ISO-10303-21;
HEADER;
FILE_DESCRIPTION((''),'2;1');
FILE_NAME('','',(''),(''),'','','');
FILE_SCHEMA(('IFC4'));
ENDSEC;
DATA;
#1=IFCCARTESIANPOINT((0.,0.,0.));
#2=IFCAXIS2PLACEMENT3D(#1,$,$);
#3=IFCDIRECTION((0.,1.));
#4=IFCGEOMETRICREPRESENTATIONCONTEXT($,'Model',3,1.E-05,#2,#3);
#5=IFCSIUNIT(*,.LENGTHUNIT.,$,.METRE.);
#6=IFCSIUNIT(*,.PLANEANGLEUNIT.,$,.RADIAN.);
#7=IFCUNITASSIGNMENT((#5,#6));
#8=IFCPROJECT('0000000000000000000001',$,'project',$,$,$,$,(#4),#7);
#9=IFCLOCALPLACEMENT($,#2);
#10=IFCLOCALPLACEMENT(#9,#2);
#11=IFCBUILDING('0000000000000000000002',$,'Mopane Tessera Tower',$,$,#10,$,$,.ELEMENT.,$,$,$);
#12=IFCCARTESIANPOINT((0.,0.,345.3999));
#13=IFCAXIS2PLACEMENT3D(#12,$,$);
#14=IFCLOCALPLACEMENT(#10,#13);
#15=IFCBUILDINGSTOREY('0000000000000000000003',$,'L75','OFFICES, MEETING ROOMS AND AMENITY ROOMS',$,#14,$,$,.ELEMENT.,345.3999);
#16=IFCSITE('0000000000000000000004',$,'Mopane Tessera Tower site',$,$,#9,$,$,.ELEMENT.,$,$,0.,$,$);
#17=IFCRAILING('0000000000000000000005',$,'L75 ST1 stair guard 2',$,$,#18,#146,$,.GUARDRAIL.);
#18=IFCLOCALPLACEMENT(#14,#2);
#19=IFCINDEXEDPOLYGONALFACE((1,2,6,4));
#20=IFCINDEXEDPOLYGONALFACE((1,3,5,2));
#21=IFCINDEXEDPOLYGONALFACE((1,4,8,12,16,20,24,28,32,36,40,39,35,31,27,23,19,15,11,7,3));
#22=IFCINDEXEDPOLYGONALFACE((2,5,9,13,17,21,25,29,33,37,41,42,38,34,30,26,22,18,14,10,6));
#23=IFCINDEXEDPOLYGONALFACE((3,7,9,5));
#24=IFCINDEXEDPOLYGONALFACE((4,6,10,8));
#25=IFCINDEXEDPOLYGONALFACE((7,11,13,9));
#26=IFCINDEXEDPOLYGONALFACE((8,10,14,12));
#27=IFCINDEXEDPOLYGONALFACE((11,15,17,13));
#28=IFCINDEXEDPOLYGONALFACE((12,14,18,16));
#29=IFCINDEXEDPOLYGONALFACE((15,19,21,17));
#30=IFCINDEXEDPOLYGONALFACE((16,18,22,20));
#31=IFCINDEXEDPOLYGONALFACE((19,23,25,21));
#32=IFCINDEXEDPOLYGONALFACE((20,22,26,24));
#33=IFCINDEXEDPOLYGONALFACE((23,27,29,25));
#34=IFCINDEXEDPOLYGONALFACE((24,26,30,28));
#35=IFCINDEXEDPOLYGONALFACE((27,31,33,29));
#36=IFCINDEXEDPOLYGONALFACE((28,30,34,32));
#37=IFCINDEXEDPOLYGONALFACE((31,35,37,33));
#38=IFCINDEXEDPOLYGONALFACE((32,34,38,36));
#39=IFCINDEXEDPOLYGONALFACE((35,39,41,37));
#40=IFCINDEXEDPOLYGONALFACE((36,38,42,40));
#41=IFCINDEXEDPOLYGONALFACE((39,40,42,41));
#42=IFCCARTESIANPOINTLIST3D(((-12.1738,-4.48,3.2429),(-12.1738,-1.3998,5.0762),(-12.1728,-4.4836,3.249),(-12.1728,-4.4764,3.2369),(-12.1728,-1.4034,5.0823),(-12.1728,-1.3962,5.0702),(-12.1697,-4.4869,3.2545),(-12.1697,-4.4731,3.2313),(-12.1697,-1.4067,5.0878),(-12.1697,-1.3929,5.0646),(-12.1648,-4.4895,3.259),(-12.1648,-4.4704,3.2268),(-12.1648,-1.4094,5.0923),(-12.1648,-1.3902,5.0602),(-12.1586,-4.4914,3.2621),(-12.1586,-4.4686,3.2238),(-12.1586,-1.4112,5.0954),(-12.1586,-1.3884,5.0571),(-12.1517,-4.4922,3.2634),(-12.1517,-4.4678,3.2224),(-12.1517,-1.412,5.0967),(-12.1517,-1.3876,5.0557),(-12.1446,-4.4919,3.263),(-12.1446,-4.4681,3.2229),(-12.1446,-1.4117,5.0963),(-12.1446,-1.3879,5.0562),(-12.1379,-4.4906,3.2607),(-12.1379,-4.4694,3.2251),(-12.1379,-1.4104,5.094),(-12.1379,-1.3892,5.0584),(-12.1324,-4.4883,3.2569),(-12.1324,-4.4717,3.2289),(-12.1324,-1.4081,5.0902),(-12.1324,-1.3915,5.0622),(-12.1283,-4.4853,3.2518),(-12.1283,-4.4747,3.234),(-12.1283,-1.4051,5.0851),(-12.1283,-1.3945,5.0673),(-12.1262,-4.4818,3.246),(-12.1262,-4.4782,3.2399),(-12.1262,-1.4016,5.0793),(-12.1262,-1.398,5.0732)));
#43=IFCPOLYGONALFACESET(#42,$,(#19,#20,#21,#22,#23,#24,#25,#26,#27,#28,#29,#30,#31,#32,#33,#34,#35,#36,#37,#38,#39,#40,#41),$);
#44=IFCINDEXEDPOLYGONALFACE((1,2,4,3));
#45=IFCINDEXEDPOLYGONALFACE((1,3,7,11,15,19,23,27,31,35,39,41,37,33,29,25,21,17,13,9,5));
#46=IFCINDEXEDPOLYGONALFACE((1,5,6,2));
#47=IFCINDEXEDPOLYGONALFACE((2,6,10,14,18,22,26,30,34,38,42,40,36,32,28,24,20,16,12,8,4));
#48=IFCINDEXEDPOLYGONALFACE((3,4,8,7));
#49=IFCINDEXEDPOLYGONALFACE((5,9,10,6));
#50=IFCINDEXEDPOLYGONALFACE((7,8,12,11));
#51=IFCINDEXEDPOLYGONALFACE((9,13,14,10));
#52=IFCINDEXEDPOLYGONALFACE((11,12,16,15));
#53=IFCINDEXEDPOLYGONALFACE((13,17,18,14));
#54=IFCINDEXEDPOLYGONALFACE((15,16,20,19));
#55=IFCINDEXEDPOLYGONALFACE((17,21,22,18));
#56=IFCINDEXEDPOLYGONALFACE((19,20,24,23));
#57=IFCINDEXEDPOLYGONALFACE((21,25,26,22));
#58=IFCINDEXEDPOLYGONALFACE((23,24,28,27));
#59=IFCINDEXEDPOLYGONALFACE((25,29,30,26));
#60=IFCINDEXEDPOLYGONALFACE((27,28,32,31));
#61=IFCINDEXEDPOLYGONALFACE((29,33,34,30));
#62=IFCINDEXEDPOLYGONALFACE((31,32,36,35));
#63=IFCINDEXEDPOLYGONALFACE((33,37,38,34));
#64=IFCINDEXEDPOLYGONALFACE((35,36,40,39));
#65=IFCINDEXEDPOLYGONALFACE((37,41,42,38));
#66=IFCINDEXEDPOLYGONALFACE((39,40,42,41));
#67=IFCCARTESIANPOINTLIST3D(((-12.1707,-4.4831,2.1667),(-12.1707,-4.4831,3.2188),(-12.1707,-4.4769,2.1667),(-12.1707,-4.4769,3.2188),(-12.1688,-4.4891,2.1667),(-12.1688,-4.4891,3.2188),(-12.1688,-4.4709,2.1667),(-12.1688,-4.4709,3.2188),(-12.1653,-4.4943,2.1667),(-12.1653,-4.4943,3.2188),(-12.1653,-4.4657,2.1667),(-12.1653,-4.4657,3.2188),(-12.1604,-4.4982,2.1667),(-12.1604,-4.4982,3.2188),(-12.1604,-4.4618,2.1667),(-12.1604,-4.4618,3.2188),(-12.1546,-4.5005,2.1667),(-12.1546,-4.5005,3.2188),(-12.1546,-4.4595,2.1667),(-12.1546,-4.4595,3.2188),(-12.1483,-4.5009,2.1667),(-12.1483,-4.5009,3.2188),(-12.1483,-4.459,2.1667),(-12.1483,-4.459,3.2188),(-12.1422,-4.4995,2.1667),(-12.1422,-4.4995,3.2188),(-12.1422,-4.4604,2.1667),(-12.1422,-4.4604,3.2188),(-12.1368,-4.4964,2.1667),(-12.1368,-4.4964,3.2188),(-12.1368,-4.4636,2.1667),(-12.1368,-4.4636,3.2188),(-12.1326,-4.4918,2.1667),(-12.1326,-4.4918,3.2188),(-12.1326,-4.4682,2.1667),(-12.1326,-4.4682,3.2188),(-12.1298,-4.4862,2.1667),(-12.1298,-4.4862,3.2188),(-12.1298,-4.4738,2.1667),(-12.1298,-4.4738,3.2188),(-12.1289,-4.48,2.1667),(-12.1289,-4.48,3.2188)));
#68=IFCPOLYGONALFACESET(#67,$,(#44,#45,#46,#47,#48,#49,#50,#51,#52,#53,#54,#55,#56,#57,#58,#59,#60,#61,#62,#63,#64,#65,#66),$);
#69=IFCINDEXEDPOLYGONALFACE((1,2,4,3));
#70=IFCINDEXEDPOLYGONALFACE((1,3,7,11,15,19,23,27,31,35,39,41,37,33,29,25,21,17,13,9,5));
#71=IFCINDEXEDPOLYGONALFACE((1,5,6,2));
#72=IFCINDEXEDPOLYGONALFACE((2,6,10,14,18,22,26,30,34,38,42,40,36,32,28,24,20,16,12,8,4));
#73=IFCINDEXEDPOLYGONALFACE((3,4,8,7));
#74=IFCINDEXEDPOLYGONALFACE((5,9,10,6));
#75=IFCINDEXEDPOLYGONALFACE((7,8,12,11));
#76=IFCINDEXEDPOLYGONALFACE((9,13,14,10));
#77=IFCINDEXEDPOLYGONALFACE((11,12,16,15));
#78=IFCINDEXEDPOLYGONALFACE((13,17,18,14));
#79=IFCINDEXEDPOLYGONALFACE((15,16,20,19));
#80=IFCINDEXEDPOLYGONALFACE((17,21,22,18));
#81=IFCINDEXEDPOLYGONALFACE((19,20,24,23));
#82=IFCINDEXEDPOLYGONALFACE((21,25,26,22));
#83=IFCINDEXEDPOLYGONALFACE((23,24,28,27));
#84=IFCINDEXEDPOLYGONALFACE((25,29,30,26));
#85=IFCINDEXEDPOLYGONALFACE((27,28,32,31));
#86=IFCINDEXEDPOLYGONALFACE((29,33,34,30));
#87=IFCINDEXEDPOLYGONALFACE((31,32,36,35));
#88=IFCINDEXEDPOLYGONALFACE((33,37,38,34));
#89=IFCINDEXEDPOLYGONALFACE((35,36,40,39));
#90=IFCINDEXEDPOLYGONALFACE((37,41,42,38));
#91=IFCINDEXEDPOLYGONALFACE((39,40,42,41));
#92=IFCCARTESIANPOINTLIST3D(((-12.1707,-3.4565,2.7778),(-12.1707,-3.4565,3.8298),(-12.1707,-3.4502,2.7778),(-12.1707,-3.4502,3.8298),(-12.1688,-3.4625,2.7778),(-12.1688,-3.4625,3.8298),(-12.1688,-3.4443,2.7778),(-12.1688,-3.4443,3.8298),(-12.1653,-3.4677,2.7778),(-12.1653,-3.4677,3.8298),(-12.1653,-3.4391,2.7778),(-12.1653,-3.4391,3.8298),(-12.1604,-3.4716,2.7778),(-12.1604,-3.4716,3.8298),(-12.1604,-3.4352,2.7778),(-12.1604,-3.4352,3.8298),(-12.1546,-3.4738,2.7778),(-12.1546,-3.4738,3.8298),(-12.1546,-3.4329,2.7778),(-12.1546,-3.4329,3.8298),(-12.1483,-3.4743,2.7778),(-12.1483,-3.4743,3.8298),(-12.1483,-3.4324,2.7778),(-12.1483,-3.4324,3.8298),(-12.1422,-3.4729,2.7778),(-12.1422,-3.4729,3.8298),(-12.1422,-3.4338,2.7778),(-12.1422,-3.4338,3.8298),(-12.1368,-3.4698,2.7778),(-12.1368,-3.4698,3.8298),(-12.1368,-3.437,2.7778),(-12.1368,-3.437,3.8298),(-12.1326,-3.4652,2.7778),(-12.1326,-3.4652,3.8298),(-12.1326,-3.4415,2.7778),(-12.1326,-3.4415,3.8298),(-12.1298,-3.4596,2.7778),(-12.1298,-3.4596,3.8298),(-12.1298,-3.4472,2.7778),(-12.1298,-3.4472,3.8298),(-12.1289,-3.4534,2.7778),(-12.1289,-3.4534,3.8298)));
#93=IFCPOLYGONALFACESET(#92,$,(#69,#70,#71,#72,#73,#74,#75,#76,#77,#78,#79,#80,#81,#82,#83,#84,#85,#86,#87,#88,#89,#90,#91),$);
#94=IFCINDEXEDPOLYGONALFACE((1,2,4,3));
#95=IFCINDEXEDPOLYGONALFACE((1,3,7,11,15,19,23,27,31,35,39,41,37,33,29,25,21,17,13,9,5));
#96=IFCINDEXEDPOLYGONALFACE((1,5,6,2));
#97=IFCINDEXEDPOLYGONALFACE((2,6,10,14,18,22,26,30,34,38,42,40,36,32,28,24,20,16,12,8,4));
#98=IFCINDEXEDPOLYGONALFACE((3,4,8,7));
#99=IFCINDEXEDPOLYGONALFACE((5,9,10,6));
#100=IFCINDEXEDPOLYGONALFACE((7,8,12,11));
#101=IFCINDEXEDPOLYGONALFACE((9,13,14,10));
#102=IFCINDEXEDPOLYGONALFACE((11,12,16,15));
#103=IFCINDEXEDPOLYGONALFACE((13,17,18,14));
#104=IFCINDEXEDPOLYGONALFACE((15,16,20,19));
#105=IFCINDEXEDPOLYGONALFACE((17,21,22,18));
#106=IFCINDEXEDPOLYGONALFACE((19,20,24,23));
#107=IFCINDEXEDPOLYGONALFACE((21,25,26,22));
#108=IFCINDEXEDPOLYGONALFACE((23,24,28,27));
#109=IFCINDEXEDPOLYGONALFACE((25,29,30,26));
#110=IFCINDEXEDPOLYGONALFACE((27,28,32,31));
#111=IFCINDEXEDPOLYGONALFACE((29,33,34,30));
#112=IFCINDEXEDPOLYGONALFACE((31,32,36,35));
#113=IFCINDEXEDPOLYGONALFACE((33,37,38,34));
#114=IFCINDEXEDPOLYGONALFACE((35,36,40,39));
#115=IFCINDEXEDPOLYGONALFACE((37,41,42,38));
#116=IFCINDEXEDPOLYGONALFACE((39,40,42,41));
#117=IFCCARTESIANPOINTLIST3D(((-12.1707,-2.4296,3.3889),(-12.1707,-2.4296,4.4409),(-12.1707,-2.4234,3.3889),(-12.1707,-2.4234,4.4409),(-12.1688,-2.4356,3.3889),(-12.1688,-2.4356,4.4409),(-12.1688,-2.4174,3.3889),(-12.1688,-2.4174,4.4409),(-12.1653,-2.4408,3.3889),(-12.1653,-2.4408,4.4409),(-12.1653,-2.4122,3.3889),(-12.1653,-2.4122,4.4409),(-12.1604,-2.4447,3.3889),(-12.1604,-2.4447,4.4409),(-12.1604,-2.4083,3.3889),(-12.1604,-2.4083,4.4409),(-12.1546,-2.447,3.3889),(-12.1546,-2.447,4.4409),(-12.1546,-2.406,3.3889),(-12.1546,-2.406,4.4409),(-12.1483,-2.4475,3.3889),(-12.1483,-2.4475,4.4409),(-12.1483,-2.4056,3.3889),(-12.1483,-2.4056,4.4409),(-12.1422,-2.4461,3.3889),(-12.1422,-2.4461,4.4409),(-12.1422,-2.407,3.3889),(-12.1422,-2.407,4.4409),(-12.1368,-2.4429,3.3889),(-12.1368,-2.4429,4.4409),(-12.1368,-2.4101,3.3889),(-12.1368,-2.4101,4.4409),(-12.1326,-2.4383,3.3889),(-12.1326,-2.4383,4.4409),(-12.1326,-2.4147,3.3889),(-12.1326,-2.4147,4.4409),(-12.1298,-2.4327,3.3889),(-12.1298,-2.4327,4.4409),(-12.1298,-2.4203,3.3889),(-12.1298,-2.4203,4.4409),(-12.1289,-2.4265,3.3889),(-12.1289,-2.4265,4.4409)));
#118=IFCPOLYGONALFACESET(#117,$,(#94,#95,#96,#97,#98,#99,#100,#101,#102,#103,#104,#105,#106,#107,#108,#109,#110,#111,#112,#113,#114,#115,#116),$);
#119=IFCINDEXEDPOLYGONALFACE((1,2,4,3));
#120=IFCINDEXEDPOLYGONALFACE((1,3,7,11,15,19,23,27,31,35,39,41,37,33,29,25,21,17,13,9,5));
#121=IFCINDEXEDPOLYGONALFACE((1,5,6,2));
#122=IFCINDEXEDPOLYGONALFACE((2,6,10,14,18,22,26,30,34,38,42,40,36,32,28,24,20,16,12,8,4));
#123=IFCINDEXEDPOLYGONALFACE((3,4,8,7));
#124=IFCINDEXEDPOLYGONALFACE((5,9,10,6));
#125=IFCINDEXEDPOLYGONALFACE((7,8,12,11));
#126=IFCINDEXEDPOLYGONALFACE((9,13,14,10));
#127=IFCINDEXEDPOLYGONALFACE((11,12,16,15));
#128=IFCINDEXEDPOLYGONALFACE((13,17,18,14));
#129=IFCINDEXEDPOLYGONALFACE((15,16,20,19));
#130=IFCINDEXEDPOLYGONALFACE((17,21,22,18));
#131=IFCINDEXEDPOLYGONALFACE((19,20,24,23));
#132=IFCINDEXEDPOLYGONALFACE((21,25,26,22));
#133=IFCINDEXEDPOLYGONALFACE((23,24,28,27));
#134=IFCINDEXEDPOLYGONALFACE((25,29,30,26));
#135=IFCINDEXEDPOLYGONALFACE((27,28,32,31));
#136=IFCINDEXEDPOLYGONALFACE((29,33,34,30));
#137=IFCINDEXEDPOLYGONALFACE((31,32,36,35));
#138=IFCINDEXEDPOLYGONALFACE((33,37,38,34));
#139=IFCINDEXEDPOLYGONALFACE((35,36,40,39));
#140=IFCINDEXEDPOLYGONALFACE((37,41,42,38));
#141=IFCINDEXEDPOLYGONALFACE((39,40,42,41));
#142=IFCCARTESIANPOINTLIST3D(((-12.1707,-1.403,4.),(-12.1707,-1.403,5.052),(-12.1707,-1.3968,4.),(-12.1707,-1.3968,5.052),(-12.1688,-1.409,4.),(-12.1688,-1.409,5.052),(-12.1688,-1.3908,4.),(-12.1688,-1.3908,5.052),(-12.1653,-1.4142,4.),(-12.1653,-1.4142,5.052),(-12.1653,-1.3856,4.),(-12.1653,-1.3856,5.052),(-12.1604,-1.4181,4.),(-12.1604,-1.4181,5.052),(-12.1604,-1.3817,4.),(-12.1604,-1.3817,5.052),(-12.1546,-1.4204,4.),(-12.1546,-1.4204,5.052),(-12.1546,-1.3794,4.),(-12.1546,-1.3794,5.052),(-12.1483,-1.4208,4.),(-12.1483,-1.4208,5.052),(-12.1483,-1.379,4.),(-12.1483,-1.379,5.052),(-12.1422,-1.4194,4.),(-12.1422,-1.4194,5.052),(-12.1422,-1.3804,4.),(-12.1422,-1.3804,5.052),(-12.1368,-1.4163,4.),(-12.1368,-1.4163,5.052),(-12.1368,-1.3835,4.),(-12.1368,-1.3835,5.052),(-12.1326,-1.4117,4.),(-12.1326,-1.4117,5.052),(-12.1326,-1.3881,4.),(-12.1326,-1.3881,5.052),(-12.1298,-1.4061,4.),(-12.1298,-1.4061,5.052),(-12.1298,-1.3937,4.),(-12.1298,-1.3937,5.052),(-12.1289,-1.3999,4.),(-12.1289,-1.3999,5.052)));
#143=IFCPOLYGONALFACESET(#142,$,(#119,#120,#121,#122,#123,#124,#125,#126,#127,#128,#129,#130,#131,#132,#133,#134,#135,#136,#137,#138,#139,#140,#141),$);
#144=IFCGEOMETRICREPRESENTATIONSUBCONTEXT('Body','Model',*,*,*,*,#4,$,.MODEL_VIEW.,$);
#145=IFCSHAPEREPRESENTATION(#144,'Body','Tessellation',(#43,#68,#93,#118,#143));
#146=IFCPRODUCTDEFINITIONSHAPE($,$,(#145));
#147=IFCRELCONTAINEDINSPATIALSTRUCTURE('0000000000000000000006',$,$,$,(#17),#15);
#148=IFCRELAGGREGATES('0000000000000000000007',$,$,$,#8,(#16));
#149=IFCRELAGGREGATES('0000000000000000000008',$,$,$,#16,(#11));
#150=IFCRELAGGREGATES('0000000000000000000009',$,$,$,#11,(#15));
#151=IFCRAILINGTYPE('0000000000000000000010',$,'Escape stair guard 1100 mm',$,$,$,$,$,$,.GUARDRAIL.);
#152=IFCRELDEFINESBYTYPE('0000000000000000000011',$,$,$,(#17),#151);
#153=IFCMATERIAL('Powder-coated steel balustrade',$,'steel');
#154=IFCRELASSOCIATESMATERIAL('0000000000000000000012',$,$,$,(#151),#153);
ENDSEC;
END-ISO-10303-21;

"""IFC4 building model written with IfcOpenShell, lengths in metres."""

from ifc_helpers import new_model, si_unit, direction, frame, origin, origin_2d, place, context, subcontext, project, spatial, circle, extrude, material, type_object, element, save


model = new_model("IFC4")

# Units and contexts
model_context = context("Model", 3, precision=1e-05, world=origin(), true_north=direction((0.0, 1.0)))
body_context = subcontext(model_context, "Body", "Model", "MODEL_VIEW")
ifc_project = project(units=[si_unit("LENGTHUNIT", "METRE"), si_unit("PLANEANGLEUNIT", "RADIAN")], contexts=[model_context])

# Site, building, storey
site_placement = place(None, origin())
site = spatial("IfcSite", under=ifc_project, at=site_placement, Name="Mopane Tessera Tower site", CompositionType="ELEMENT", RefElevation=0.0)
building_placement = place(site_placement, origin())
building = spatial("IfcBuilding", under=site, at=building_placement, Name="Mopane Tessera Tower", CompositionType="ELEMENT")
storey_placement = place(building_placement, frame((0.0, 0.0, 345.3999)))
storey = spatial("IfcBuildingStorey", under=building, at=storey_placement, Name="L75", Description="OFFICES, MEETING ROOMS AND AMENITY ROOMS", CompositionType="ELEMENT", Elevation=345.3999)

# Railing
ifc_material_1 = material(Name="Powder-coated steel balustrade", Category="steel")
railing_type_1 = type_object("IfcRailingType", Name="Escape stair guard 1100 mm", PredefinedType="GUARDRAIL", material=ifc_material_1)
railing_1_placement = place(storey_placement, frame((-12.1499, -4.48, 2.1667)))
element("IfcRailing", 1, at=railing_1_placement, inside=storey, type_object=railing_type_1, Name="L75 ST1 stair guard 2", PredefinedType="GUARDRAIL", context=body_context, shape_type="SweptSolid", body=[
    extrude(circle(Radius=0.0239, at=origin_2d()), frame((0.0, 0.0, 1.0762), z_axis=(0.0, 0.859309, 0.511458), x_axis=(-1.0, 0.0, 0.0)), (0.0, 0.0, 1.0), 3.5845),
    extrude(circle(Radius=0.021, at=origin_2d()), origin(), (0.0, 0.0, 1.0), 1.052),
    extrude(circle(Radius=0.021, at=origin_2d()), frame((0.0, 1.0266, 0.6111)), (0.0, 0.0, 1.0), 1.052),
    extrude(circle(Radius=0.021, at=origin_2d()), frame((0.0, 2.0535, 1.2222)), (0.0, 0.0, 1.0), 1.052),
    extrude(circle(Radius=0.021, at=origin_2d()), frame((0.0, 3.0801, 1.8333)), (0.0, 0.0, 1.0), 1.052),
])

save(model, "model.ifc")
